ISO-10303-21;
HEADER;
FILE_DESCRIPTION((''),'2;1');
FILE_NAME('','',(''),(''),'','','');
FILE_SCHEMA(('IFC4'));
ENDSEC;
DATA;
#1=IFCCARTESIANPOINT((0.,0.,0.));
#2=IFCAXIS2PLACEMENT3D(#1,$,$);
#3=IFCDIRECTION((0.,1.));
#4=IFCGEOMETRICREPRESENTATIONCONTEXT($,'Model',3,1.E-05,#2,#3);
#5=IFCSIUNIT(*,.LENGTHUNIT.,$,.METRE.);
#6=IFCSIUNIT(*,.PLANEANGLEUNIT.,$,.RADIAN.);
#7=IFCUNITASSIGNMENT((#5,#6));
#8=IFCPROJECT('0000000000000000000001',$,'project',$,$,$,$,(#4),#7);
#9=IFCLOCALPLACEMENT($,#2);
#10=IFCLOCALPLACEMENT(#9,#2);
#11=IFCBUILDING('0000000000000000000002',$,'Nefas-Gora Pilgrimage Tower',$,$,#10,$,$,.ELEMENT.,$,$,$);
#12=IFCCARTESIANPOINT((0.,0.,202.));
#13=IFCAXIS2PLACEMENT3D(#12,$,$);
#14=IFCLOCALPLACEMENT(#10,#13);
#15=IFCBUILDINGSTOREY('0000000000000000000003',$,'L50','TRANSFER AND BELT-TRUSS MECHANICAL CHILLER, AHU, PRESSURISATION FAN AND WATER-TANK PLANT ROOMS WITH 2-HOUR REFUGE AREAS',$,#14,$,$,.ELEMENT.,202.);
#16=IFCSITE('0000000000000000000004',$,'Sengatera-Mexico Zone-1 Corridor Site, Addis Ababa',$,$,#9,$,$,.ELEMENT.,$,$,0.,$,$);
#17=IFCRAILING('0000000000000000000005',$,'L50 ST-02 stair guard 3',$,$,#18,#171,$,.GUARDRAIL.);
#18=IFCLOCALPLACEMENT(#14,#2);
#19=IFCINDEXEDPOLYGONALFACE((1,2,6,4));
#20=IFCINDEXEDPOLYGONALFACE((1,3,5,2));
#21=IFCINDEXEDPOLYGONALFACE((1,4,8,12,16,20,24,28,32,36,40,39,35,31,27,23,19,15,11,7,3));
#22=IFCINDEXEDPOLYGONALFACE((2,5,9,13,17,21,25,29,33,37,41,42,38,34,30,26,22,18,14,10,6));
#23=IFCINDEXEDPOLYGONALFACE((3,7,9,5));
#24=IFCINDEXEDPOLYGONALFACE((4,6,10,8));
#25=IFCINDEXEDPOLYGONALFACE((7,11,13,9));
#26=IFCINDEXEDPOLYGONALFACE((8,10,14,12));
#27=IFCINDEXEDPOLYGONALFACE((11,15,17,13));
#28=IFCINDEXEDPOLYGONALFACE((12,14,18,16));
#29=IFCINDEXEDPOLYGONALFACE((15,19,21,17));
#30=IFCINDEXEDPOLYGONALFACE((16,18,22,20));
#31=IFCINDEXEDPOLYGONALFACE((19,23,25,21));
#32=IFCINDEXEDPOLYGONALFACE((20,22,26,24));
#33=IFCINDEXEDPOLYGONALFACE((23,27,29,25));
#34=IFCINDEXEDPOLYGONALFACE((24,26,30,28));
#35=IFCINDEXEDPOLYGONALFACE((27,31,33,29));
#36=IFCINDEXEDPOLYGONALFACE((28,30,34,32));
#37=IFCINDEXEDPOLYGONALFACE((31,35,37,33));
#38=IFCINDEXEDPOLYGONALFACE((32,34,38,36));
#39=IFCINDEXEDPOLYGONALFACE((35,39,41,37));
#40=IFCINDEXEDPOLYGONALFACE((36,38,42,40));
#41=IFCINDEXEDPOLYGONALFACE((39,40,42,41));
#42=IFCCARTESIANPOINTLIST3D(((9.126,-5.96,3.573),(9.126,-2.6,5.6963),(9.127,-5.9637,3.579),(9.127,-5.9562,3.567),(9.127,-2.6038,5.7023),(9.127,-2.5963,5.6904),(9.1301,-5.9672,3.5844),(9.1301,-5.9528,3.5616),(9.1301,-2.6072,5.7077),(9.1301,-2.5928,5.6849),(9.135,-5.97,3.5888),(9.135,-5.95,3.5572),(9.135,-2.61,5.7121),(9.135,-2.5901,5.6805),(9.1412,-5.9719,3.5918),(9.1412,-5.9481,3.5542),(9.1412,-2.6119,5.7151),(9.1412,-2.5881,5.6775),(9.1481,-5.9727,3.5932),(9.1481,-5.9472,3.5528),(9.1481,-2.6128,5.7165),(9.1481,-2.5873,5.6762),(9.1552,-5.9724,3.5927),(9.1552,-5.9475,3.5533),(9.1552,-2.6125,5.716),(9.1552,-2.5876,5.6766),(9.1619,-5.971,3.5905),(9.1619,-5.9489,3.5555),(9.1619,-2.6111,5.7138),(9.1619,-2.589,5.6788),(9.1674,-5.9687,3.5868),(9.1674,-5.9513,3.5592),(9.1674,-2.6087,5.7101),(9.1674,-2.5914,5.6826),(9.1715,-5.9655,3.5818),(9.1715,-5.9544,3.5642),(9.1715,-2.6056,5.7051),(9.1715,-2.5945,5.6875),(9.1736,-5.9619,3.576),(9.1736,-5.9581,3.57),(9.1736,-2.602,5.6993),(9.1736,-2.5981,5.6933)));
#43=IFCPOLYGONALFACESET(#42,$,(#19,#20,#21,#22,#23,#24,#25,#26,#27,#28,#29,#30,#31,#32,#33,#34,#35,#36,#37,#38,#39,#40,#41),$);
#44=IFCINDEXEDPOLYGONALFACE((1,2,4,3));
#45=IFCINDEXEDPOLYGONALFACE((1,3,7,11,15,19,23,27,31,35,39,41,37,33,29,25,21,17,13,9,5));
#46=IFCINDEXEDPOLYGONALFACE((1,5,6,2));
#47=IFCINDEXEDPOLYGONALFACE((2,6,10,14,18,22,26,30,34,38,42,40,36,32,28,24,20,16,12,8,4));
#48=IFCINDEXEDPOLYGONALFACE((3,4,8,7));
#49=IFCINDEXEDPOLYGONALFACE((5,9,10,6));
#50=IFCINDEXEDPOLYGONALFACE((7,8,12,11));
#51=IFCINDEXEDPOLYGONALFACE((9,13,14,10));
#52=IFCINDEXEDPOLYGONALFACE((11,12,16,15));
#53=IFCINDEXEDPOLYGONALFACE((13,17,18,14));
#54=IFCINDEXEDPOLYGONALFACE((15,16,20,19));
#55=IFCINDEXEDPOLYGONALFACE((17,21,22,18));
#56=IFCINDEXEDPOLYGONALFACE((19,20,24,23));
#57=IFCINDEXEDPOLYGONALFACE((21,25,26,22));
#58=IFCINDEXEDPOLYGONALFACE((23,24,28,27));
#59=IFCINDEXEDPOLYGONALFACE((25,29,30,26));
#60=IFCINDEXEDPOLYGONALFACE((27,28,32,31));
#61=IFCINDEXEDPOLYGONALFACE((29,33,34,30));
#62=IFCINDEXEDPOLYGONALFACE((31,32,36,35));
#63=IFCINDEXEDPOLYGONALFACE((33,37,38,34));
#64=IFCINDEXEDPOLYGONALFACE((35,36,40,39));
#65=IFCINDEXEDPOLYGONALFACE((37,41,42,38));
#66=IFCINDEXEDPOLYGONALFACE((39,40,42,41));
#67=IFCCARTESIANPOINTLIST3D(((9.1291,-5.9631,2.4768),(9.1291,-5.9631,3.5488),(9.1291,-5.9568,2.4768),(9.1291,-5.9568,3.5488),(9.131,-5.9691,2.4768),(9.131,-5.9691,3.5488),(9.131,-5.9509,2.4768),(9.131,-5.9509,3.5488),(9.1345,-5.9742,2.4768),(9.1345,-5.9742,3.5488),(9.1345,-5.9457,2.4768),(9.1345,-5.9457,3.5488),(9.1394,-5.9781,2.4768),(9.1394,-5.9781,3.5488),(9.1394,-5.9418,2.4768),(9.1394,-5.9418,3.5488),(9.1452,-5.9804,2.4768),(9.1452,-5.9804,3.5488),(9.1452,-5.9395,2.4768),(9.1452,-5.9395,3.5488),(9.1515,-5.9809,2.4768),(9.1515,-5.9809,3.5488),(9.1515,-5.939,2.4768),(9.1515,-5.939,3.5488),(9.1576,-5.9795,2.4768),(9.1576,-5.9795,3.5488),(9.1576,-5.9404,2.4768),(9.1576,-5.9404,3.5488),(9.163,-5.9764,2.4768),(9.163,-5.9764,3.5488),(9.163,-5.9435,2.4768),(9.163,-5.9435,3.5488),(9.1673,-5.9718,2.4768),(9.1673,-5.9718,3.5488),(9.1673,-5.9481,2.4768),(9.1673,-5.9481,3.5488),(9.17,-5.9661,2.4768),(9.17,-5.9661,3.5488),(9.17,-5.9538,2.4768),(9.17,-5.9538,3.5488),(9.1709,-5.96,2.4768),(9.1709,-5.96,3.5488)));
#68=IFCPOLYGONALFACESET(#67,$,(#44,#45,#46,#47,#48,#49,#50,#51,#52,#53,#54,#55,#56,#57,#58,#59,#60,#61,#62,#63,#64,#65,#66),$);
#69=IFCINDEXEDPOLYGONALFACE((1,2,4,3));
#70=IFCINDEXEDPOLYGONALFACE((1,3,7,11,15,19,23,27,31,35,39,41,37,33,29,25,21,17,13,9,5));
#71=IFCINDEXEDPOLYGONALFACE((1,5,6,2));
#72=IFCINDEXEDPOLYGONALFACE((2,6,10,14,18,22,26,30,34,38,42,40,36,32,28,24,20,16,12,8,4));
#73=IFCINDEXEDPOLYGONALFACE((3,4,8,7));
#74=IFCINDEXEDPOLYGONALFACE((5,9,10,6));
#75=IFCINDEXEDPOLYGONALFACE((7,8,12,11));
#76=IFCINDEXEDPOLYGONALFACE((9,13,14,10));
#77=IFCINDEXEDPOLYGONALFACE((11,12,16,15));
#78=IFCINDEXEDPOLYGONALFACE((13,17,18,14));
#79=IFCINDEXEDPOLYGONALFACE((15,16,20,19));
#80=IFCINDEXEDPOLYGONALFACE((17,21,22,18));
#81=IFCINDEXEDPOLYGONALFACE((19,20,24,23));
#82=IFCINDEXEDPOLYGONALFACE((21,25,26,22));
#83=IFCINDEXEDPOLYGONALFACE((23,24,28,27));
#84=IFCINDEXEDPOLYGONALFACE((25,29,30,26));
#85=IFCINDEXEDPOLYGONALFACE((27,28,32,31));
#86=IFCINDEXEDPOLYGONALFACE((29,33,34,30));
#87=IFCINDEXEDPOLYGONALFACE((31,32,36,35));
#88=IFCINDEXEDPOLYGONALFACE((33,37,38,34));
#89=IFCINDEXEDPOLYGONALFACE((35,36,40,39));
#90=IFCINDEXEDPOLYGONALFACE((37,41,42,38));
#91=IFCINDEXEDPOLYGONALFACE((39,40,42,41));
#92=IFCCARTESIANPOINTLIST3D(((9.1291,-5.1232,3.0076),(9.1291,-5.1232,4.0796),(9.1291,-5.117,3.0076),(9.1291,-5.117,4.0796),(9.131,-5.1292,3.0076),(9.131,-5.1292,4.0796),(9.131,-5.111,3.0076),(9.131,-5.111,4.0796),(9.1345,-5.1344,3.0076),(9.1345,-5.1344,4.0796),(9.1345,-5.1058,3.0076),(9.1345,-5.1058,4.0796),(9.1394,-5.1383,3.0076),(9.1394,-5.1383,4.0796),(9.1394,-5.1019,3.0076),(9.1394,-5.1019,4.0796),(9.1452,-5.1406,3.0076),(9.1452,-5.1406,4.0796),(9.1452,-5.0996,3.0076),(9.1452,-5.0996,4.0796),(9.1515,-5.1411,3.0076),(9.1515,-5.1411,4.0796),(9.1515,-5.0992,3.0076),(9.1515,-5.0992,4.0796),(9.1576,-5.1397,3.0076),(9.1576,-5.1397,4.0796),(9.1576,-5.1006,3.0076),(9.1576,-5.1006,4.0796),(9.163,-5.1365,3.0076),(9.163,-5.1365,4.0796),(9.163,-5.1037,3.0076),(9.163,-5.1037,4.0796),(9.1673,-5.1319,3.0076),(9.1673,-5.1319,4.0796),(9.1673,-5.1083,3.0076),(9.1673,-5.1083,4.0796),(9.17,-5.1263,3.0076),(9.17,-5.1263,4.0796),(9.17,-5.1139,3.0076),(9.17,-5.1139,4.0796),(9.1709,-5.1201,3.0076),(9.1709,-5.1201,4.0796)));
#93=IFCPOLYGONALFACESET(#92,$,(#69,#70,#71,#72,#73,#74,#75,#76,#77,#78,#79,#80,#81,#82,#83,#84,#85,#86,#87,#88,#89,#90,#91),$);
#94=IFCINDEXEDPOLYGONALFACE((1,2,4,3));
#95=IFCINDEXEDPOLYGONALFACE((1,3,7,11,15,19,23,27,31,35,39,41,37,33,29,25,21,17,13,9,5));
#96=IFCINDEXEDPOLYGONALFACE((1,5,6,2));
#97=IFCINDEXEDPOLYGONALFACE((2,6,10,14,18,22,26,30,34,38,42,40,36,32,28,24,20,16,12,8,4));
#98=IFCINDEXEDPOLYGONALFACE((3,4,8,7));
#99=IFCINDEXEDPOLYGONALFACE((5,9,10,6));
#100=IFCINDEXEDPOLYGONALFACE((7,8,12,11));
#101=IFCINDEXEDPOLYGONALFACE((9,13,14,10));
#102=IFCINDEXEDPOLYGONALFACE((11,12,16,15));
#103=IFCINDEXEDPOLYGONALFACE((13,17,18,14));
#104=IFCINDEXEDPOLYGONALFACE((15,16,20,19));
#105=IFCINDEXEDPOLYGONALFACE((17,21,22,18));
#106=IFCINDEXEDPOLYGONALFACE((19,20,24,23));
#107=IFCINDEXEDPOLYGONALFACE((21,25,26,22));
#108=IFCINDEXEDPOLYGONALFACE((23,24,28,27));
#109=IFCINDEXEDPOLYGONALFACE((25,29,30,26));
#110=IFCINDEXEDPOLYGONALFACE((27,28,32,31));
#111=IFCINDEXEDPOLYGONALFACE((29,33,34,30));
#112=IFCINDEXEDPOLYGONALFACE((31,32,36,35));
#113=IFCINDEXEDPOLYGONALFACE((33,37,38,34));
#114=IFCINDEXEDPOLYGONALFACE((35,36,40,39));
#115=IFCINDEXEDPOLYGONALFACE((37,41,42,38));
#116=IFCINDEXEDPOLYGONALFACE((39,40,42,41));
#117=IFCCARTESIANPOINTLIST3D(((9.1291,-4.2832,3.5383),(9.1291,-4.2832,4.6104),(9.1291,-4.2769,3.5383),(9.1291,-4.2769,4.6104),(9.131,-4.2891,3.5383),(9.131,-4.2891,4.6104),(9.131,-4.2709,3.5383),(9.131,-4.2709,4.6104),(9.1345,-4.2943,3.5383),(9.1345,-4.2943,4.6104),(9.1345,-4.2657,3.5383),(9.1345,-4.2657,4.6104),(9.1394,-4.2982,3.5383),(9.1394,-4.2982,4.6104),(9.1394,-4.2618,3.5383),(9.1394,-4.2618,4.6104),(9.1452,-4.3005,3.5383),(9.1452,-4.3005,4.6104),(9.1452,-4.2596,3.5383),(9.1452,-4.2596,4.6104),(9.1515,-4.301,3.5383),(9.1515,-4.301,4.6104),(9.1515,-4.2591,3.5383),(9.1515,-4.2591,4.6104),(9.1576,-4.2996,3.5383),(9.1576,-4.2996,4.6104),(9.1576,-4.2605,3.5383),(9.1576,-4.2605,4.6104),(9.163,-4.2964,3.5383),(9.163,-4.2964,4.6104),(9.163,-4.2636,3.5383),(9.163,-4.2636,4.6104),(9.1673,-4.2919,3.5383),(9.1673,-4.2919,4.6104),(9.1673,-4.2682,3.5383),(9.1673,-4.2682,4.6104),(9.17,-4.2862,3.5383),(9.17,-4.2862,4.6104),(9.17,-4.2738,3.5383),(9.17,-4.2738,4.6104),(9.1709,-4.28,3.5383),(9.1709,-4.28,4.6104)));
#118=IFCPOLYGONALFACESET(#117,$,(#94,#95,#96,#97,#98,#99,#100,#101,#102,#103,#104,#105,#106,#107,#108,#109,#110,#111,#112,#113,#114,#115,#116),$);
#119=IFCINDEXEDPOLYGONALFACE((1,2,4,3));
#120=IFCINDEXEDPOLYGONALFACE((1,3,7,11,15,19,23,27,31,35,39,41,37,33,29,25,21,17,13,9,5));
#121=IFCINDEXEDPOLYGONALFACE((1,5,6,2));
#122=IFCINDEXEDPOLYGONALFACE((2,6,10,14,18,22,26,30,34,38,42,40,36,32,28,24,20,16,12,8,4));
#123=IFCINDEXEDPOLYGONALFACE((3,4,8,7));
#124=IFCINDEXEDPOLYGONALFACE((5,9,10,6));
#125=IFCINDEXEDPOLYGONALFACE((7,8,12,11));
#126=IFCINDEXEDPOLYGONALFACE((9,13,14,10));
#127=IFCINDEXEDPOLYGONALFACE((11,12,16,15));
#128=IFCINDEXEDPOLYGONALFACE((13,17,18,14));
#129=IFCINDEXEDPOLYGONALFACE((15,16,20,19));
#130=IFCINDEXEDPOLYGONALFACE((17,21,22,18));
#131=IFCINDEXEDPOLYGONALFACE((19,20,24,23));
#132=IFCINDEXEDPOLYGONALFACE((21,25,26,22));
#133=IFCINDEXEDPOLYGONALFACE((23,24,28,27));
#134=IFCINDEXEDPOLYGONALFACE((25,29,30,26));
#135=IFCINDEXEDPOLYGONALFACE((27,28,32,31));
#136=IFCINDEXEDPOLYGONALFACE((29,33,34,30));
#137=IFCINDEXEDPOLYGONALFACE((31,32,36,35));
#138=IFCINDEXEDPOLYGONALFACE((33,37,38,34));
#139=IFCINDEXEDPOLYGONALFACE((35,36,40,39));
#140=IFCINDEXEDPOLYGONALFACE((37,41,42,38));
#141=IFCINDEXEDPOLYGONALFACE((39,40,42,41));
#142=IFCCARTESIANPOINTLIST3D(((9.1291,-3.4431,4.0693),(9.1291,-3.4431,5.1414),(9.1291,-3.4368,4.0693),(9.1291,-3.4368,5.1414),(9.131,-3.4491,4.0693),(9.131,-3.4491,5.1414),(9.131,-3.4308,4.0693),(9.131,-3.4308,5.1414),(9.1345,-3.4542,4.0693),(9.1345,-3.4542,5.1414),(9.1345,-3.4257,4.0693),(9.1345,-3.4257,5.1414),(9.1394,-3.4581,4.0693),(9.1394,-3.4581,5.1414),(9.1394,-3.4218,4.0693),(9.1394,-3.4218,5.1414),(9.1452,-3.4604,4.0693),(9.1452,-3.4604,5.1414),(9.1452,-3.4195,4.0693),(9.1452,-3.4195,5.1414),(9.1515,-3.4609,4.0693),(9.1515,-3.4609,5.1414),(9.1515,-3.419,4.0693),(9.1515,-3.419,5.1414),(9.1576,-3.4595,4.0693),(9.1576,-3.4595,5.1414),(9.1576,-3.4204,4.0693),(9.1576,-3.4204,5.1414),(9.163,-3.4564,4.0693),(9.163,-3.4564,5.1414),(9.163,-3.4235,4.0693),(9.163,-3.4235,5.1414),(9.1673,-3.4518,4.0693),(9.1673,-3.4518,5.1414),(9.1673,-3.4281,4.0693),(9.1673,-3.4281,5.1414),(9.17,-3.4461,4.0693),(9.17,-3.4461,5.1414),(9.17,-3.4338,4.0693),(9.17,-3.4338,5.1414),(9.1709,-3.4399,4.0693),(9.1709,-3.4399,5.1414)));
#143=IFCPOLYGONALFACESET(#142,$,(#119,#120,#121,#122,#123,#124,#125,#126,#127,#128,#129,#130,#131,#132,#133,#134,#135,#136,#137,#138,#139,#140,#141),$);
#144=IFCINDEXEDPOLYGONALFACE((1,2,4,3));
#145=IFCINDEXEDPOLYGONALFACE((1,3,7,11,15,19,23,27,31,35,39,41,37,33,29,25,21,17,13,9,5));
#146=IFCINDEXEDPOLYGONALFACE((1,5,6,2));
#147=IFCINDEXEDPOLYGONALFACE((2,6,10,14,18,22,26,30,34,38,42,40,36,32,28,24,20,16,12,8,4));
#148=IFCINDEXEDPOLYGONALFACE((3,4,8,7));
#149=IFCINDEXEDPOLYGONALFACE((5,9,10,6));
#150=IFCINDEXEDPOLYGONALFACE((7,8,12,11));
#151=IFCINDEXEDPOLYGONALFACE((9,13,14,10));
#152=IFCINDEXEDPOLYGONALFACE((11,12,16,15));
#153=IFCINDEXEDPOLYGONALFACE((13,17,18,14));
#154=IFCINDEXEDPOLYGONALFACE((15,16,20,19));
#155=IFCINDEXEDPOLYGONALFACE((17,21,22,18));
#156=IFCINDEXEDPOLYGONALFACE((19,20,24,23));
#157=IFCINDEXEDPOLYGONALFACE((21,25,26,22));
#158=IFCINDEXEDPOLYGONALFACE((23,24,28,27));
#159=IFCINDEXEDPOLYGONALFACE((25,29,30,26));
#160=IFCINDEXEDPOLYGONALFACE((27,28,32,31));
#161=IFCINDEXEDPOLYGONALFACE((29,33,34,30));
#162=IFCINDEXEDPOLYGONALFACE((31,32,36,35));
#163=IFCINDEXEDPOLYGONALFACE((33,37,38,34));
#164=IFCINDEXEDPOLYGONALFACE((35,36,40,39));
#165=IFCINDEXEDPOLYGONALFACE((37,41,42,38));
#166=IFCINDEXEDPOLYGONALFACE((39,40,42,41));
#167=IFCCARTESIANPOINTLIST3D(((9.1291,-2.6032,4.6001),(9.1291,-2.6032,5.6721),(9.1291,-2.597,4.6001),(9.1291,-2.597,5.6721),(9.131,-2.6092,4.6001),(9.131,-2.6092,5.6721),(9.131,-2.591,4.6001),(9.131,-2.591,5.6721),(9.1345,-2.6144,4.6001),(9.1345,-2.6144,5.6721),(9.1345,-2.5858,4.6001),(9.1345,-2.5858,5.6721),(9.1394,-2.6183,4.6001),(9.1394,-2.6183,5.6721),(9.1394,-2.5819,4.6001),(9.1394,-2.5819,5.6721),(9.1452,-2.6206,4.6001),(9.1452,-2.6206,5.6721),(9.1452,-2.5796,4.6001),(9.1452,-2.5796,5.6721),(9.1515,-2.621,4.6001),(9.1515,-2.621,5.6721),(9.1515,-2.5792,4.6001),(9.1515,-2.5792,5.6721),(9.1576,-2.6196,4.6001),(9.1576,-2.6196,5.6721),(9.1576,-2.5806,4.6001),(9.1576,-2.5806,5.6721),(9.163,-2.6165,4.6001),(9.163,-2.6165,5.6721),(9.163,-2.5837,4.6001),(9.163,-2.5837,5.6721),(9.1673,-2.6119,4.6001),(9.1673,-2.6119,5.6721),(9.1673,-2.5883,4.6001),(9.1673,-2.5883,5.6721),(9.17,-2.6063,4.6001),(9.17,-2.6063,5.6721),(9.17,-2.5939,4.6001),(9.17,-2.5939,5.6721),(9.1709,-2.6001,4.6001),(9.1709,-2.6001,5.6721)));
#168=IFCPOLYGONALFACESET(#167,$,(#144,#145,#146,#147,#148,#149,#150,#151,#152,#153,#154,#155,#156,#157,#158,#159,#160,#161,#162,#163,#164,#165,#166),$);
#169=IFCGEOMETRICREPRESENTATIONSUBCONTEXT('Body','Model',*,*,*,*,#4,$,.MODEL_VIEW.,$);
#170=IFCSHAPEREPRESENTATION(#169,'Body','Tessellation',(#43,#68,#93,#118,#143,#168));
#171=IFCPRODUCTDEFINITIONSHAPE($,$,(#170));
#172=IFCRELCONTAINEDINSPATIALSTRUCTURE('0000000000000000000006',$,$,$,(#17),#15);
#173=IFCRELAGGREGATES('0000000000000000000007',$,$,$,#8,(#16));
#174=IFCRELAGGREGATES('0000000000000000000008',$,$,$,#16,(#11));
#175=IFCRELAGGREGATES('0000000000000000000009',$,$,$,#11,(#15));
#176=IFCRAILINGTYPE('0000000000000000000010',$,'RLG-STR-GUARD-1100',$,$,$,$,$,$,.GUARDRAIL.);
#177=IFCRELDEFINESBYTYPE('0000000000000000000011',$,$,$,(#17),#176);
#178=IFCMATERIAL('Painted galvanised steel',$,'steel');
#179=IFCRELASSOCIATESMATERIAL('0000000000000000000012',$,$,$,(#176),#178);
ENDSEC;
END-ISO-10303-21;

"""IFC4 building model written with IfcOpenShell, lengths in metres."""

from ifc_helpers import new_model, si_unit, direction, frame, origin, origin_2d, place, context, subcontext, project, spatial, circle, extrude, material, type_object, element, save


model = new_model("IFC4")

# Units and contexts
model_context = context("Model", 3, precision=1e-05, world=origin(), true_north=direction((0.0, 1.0)))
body_context = subcontext(model_context, "Body", "Model", "MODEL_VIEW")
ifc_project = project(units=[si_unit("LENGTHUNIT", "METRE"), si_unit("PLANEANGLEUNIT", "RADIAN")], contexts=[model_context])

# Site, building, storey
site_placement = place(None, origin())
site = spatial("IfcSite", under=ifc_project, at=site_placement, Name="Sengatera-Mexico Zone-1 Corridor Site, Addis Ababa", CompositionType="ELEMENT", RefElevation=0.0)
building_placement = place(site_placement, origin())
building = spatial("IfcBuilding", under=site, at=building_placement, Name="Nefas-Gora Pilgrimage Tower", CompositionType="ELEMENT")
storey_placement = place(building_placement, frame((0.0, 0.0, 202.0)))
storey = spatial("IfcBuildingStorey", under=building, at=storey_placement, Name="L50", Description="TRANSFER AND BELT-TRUSS MECHANICAL CHILLER, AHU, PRESSURISATION FAN AND WATER-TANK PLANT ROOMS WITH 2-HOUR REFUGE AREAS", CompositionType="ELEMENT", Elevation=202.0)

# Railing
ifc_material_1 = material(Name="Painted galvanised steel", Category="steel")
railing_type_1 = type_object("IfcRailingType", Name="RLG-STR-GUARD-1100", PredefinedType="GUARDRAIL", material=ifc_material_1)
railing_1_placement = place(storey_placement, frame((9.1499, -5.96, 2.4768)))
element("IfcRailing", 1, at=railing_1_placement, inside=storey, type_object=railing_type_1, Name="L50 ST-02 stair guard 3", PredefinedType="GUARDRAIL", context=body_context, shape_type="SweptSolid", body=[
    extrude(circle(Radius=0.0239, at=origin_2d()), frame((0.0, 0.0, 1.0962), z_axis=(0.0, 0.845344, 0.534222), x_axis=(-1.0, 0.0, 0.0)), (0.0, 0.0, 1.0), 3.9746),
    extrude(circle(Radius=0.021, at=origin_2d()), origin(), (0.0, 0.0, 1.0), 1.072),
    extrude(circle(Radius=0.021, at=origin_2d()), frame((0.0, 0.8398, 0.5308)), (0.0, 0.0, 1.0), 1.072),
    extrude(circle(Radius=0.021, at=origin_2d()), frame((0.0, 1.6799, 1.0615)), (0.0, 0.0, 1.0), 1.072),
    extrude(circle(Radius=0.021, at=origin_2d()), frame((0.0, 2.52, 1.5925)), (0.0, 0.0, 1.0), 1.072),
    extrude(circle(Radius=0.021, at=origin_2d()), frame((0.0, 3.3599, 2.1233)), (0.0, 0.0, 1.0), 1.072),
])

save(model, "model.ifc")
